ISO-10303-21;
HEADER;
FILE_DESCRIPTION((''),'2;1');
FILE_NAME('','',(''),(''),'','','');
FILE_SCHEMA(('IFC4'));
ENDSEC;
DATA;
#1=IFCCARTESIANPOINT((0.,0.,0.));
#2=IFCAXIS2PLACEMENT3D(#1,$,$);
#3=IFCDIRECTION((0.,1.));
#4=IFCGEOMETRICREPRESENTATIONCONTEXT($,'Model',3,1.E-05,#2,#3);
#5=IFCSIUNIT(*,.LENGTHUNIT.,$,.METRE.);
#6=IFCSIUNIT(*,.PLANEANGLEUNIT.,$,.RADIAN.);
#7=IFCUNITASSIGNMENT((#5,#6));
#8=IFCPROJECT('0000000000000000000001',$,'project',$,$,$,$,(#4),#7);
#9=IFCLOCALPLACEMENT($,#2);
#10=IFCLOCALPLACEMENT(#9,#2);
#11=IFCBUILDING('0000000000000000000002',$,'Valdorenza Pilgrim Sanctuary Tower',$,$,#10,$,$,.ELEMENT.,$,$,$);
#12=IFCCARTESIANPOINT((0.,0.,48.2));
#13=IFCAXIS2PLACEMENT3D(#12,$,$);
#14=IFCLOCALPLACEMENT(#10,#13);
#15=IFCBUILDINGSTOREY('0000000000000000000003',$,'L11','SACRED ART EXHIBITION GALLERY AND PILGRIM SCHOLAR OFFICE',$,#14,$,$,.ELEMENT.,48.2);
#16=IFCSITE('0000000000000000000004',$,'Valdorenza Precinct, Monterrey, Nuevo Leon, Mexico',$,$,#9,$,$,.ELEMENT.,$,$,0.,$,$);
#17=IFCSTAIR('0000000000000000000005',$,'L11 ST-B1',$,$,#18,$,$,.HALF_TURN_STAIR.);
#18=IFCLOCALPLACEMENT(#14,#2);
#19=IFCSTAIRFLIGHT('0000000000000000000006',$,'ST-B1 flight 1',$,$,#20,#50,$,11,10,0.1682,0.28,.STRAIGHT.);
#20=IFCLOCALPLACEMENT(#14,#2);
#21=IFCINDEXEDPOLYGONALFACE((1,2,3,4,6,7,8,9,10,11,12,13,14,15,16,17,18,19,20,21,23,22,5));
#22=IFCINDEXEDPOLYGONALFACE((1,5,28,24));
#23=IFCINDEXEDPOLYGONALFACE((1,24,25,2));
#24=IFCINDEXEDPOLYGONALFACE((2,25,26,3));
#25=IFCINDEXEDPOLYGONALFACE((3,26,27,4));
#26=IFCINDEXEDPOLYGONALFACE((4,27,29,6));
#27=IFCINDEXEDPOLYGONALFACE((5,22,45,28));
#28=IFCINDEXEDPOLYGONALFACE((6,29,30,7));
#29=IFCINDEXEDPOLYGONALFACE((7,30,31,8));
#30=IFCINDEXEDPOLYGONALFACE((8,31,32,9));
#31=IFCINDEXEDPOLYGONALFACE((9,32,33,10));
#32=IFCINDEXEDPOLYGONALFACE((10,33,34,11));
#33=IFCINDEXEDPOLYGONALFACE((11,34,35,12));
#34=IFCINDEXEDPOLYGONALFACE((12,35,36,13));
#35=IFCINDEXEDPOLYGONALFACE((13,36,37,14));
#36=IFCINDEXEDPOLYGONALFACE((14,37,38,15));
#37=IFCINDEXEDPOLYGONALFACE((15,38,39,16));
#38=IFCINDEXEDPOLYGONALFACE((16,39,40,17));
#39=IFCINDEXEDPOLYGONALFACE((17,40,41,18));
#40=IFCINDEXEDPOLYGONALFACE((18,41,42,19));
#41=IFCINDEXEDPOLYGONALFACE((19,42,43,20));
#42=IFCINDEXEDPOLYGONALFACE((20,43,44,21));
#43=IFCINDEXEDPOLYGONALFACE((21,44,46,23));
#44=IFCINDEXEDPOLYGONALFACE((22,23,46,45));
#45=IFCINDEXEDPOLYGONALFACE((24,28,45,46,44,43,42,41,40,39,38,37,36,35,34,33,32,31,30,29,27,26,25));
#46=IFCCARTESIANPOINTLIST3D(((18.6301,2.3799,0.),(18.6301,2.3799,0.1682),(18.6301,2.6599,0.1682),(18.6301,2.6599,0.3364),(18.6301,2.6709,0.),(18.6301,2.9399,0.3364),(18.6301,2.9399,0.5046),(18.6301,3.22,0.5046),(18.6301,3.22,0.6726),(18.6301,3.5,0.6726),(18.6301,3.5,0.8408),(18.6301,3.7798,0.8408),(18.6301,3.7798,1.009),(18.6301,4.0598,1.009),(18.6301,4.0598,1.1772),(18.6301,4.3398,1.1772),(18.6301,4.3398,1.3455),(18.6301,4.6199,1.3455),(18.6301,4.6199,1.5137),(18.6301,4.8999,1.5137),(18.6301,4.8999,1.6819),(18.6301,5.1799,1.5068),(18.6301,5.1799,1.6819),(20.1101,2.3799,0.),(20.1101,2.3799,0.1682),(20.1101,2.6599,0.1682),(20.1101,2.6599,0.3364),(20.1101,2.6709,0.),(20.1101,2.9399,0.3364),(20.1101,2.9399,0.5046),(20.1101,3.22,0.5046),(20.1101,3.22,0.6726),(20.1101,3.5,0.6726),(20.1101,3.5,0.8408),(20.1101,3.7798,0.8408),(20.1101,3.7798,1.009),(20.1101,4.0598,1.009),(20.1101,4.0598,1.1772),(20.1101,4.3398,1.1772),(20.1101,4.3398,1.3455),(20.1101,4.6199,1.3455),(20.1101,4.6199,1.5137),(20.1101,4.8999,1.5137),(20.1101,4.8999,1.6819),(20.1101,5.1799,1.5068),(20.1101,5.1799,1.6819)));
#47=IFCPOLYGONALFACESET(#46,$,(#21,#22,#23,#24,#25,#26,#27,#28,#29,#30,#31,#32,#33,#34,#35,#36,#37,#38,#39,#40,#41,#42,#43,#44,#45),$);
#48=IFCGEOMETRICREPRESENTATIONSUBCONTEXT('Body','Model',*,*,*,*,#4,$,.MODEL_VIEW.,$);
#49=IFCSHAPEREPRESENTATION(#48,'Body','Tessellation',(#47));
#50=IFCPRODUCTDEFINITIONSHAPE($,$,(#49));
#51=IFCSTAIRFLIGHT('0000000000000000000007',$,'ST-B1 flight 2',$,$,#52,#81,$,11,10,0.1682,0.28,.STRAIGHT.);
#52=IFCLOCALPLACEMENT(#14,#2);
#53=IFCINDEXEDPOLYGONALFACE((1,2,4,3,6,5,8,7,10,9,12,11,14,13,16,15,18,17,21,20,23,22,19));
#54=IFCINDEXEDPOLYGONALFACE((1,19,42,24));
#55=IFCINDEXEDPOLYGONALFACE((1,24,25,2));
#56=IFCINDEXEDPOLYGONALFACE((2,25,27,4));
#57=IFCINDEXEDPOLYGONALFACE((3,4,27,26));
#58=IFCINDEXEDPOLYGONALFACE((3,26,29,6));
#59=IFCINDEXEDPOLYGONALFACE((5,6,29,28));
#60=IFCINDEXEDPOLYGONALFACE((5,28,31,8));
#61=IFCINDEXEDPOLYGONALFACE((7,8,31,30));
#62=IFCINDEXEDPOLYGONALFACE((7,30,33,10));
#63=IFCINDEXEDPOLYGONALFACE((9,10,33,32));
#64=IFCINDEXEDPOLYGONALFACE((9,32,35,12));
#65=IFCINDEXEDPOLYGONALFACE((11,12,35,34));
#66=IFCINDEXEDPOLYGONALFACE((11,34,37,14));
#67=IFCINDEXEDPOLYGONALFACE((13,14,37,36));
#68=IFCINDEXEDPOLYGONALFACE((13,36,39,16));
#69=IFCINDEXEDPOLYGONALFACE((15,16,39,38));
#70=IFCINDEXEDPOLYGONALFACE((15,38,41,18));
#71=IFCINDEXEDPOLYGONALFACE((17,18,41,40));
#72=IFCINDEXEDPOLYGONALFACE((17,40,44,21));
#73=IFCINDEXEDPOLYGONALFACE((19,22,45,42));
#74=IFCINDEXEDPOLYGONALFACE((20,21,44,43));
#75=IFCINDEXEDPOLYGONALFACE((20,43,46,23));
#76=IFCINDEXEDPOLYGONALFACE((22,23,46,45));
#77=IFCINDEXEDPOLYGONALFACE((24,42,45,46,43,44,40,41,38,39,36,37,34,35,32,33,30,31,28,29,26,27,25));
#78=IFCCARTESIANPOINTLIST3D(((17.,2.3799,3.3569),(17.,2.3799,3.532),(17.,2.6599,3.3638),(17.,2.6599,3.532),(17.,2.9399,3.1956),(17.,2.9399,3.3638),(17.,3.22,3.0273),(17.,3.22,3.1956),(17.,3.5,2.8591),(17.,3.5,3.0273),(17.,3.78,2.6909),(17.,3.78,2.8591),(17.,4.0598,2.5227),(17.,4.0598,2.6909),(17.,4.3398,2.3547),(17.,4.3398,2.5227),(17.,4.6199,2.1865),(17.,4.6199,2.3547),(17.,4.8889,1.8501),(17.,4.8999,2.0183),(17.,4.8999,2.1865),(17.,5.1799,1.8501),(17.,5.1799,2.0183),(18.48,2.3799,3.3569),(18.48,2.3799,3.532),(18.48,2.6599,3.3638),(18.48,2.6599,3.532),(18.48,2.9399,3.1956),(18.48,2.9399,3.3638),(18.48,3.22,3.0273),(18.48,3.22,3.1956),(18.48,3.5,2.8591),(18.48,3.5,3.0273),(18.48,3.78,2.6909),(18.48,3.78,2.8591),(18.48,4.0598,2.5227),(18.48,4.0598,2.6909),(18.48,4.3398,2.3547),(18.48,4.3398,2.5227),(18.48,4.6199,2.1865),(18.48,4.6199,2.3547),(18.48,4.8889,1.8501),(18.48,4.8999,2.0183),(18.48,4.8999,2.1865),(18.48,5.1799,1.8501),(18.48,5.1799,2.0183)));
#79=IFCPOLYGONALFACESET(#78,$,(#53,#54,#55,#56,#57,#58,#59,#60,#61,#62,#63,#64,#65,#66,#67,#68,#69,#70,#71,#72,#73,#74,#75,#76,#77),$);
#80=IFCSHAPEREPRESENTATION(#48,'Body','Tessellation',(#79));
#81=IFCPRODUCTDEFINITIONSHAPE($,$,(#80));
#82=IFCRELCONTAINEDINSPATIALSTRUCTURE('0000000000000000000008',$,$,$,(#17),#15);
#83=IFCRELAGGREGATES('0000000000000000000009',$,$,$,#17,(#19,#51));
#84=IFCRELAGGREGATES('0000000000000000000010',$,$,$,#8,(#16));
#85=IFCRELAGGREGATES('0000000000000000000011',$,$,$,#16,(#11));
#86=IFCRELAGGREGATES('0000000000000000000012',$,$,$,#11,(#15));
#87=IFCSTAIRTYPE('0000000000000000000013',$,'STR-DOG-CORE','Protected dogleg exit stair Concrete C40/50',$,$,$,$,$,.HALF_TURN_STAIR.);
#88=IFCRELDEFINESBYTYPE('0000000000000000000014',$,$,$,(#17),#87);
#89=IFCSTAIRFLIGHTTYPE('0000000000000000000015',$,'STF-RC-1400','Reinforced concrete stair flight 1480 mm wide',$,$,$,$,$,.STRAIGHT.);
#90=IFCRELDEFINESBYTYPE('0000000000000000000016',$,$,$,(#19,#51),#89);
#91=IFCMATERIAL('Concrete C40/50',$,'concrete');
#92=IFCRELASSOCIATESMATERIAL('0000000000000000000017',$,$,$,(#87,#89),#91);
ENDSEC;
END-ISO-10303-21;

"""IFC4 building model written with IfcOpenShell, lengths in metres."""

from ifc_helpers import new_model, si_unit, direction, frame, origin, place, context, subcontext, project, spatial, polyline, outline, extrude, material, type_object, element, aggregate, save


model = new_model("IFC4")

# Units and contexts
model_context = context("Model", 3, precision=1e-05, world=origin(), true_north=direction((0.0, 1.0)))
body_context = subcontext(model_context, "Body", "Model", "MODEL_VIEW")
ifc_project = project(units=[si_unit("LENGTHUNIT", "METRE"), si_unit("PLANEANGLEUNIT", "RADIAN")], contexts=[model_context])

# Site, building, storey
site_placement = place(None, origin())
site = spatial("IfcSite", under=ifc_project, at=site_placement, Name="Valdorenza Precinct, Monterrey, Nuevo Leon, Mexico", CompositionType="ELEMENT", RefElevation=0.0)
building_placement = place(site_placement, origin())
building = spatial("IfcBuilding", under=site, at=building_placement, Name="Valdorenza Pilgrim Sanctuary Tower", CompositionType="ELEMENT")
storey_placement = place(building_placement, frame((0.0, 0.0, 48.2)))
storey = spatial("IfcBuildingStorey", under=building, at=storey_placement, Name="L11", Description="SACRED ART EXHIBITION GALLERY AND PILGRIM SCHOLAR OFFICE", CompositionType="ELEMENT", Elevation=48.2)

# Shared definitions
ifc_material_1 = material(Name="Concrete C40/50", Category="concrete")

# Stair, stair flights
stair_type = type_object("IfcStairType", Name="STR-DOG-CORE", Description="Protected dogleg exit stair Concrete C40/50", PredefinedType="HALF_TURN_STAIR", material=ifc_material_1)
stair_placement = place(storey_placement, origin())
stair = element("IfcStair", 1, at=stair_placement, inside=storey, type_object=stair_type, Name="L11 ST-B1", PredefinedType="HALF_TURN_STAIR")
stair_flight_type = type_object("IfcStairFlightType", Name="STF-RC-1400", Description="Reinforced concrete stair flight 1480 mm wide", PredefinedType="STRAIGHT", material=ifc_material_1)
stair_flight_1_placement = place(storey_placement, frame((19.3701, 2.3799, 0.0), z_axis=(0.0, 0.0, 1.0), x_axis=(0.0, 1.0, 0.0)))
stair_flight_1 = element("IfcStairFlight", 2, at=stair_flight_1_placement, type_object=stair_flight_type, Name="ST-B1 flight 1", NumberOfRisers=11, NumberOfTreads=10, PredefinedType="STRAIGHT", RiserHeight=0.1682, TreadLength=0.28, context=body_context, shape_type="SweptSolid", body=[
    extrude(outline(polyline([(0.0, 0.0), (0.0, 0.1682), (0.28, 0.1682), (0.28, 0.3364), (0.5601, 0.3364), (0.5601, 0.5046), (0.8401, 0.5046), (0.8401, 0.6726), (1.1201, 0.6726), (1.1201, 0.8408), (1.3999, 0.8408), (1.3999, 1.009), (1.6799, 1.009), (1.6799, 1.1772), (1.96, 1.1772), (1.96, 1.3455), (2.24, 1.3455), (2.24, 1.5137), (2.52, 1.5137), (2.52, 1.6819), (2.8, 1.6819), (2.8, 1.8501), (2.8, 1.5068), (0.291, 0.0), (0.0, 0.0)])), frame((0.0, 0.74, 0.0), z_axis=(0.0, -1.0, 0.0), x_axis=(1.0, 0.0, 0.0)), (0.0, 0.0, 1.0), 1.48),
])
stair_flight_2_placement = place(storey_placement, frame((17.74, 5.1799, 1.8501), z_axis=(0.0, 0.0, 1.0), x_axis=(0.0, -1.0, 0.0)))
stair_flight_2 = element("IfcStairFlight", 3, at=stair_flight_2_placement, type_object=stair_flight_type, Name="ST-B1 flight 2", NumberOfRisers=11, NumberOfTreads=10, PredefinedType="STRAIGHT", RiserHeight=0.1682, TreadLength=0.28, context=body_context, shape_type="SweptSolid", body=[
    extrude(outline(polyline([(0.0, 0.0), (0.0, 0.1682), (0.28, 0.1682), (0.28, 0.3364), (0.5601, 0.3364), (0.5601, 0.5046), (0.8401, 0.5046), (0.8401, 0.6726), (1.1201, 0.6726), (1.1201, 0.8408), (1.3999, 0.8408), (1.3999, 1.009), (1.6799, 1.009), (1.6799, 1.1772), (1.96, 1.1772), (1.96, 1.3455), (2.24, 1.3455), (2.24, 1.5137), (2.52, 1.5137), (2.52, 1.6819), (2.8, 1.6819), (2.8, 1.8501), (2.8, 1.5068), (0.291, 0.0), (0.0, 0.0)])), frame((0.0, 0.74, 0.0), z_axis=(0.0, -1.0, 0.0), x_axis=(1.0, 0.0, 0.0)), (0.0, 0.0, 1.0), 1.48),
])
aggregate(stair, [stair_flight_1, stair_flight_2])

save(model, "model.ifc")
